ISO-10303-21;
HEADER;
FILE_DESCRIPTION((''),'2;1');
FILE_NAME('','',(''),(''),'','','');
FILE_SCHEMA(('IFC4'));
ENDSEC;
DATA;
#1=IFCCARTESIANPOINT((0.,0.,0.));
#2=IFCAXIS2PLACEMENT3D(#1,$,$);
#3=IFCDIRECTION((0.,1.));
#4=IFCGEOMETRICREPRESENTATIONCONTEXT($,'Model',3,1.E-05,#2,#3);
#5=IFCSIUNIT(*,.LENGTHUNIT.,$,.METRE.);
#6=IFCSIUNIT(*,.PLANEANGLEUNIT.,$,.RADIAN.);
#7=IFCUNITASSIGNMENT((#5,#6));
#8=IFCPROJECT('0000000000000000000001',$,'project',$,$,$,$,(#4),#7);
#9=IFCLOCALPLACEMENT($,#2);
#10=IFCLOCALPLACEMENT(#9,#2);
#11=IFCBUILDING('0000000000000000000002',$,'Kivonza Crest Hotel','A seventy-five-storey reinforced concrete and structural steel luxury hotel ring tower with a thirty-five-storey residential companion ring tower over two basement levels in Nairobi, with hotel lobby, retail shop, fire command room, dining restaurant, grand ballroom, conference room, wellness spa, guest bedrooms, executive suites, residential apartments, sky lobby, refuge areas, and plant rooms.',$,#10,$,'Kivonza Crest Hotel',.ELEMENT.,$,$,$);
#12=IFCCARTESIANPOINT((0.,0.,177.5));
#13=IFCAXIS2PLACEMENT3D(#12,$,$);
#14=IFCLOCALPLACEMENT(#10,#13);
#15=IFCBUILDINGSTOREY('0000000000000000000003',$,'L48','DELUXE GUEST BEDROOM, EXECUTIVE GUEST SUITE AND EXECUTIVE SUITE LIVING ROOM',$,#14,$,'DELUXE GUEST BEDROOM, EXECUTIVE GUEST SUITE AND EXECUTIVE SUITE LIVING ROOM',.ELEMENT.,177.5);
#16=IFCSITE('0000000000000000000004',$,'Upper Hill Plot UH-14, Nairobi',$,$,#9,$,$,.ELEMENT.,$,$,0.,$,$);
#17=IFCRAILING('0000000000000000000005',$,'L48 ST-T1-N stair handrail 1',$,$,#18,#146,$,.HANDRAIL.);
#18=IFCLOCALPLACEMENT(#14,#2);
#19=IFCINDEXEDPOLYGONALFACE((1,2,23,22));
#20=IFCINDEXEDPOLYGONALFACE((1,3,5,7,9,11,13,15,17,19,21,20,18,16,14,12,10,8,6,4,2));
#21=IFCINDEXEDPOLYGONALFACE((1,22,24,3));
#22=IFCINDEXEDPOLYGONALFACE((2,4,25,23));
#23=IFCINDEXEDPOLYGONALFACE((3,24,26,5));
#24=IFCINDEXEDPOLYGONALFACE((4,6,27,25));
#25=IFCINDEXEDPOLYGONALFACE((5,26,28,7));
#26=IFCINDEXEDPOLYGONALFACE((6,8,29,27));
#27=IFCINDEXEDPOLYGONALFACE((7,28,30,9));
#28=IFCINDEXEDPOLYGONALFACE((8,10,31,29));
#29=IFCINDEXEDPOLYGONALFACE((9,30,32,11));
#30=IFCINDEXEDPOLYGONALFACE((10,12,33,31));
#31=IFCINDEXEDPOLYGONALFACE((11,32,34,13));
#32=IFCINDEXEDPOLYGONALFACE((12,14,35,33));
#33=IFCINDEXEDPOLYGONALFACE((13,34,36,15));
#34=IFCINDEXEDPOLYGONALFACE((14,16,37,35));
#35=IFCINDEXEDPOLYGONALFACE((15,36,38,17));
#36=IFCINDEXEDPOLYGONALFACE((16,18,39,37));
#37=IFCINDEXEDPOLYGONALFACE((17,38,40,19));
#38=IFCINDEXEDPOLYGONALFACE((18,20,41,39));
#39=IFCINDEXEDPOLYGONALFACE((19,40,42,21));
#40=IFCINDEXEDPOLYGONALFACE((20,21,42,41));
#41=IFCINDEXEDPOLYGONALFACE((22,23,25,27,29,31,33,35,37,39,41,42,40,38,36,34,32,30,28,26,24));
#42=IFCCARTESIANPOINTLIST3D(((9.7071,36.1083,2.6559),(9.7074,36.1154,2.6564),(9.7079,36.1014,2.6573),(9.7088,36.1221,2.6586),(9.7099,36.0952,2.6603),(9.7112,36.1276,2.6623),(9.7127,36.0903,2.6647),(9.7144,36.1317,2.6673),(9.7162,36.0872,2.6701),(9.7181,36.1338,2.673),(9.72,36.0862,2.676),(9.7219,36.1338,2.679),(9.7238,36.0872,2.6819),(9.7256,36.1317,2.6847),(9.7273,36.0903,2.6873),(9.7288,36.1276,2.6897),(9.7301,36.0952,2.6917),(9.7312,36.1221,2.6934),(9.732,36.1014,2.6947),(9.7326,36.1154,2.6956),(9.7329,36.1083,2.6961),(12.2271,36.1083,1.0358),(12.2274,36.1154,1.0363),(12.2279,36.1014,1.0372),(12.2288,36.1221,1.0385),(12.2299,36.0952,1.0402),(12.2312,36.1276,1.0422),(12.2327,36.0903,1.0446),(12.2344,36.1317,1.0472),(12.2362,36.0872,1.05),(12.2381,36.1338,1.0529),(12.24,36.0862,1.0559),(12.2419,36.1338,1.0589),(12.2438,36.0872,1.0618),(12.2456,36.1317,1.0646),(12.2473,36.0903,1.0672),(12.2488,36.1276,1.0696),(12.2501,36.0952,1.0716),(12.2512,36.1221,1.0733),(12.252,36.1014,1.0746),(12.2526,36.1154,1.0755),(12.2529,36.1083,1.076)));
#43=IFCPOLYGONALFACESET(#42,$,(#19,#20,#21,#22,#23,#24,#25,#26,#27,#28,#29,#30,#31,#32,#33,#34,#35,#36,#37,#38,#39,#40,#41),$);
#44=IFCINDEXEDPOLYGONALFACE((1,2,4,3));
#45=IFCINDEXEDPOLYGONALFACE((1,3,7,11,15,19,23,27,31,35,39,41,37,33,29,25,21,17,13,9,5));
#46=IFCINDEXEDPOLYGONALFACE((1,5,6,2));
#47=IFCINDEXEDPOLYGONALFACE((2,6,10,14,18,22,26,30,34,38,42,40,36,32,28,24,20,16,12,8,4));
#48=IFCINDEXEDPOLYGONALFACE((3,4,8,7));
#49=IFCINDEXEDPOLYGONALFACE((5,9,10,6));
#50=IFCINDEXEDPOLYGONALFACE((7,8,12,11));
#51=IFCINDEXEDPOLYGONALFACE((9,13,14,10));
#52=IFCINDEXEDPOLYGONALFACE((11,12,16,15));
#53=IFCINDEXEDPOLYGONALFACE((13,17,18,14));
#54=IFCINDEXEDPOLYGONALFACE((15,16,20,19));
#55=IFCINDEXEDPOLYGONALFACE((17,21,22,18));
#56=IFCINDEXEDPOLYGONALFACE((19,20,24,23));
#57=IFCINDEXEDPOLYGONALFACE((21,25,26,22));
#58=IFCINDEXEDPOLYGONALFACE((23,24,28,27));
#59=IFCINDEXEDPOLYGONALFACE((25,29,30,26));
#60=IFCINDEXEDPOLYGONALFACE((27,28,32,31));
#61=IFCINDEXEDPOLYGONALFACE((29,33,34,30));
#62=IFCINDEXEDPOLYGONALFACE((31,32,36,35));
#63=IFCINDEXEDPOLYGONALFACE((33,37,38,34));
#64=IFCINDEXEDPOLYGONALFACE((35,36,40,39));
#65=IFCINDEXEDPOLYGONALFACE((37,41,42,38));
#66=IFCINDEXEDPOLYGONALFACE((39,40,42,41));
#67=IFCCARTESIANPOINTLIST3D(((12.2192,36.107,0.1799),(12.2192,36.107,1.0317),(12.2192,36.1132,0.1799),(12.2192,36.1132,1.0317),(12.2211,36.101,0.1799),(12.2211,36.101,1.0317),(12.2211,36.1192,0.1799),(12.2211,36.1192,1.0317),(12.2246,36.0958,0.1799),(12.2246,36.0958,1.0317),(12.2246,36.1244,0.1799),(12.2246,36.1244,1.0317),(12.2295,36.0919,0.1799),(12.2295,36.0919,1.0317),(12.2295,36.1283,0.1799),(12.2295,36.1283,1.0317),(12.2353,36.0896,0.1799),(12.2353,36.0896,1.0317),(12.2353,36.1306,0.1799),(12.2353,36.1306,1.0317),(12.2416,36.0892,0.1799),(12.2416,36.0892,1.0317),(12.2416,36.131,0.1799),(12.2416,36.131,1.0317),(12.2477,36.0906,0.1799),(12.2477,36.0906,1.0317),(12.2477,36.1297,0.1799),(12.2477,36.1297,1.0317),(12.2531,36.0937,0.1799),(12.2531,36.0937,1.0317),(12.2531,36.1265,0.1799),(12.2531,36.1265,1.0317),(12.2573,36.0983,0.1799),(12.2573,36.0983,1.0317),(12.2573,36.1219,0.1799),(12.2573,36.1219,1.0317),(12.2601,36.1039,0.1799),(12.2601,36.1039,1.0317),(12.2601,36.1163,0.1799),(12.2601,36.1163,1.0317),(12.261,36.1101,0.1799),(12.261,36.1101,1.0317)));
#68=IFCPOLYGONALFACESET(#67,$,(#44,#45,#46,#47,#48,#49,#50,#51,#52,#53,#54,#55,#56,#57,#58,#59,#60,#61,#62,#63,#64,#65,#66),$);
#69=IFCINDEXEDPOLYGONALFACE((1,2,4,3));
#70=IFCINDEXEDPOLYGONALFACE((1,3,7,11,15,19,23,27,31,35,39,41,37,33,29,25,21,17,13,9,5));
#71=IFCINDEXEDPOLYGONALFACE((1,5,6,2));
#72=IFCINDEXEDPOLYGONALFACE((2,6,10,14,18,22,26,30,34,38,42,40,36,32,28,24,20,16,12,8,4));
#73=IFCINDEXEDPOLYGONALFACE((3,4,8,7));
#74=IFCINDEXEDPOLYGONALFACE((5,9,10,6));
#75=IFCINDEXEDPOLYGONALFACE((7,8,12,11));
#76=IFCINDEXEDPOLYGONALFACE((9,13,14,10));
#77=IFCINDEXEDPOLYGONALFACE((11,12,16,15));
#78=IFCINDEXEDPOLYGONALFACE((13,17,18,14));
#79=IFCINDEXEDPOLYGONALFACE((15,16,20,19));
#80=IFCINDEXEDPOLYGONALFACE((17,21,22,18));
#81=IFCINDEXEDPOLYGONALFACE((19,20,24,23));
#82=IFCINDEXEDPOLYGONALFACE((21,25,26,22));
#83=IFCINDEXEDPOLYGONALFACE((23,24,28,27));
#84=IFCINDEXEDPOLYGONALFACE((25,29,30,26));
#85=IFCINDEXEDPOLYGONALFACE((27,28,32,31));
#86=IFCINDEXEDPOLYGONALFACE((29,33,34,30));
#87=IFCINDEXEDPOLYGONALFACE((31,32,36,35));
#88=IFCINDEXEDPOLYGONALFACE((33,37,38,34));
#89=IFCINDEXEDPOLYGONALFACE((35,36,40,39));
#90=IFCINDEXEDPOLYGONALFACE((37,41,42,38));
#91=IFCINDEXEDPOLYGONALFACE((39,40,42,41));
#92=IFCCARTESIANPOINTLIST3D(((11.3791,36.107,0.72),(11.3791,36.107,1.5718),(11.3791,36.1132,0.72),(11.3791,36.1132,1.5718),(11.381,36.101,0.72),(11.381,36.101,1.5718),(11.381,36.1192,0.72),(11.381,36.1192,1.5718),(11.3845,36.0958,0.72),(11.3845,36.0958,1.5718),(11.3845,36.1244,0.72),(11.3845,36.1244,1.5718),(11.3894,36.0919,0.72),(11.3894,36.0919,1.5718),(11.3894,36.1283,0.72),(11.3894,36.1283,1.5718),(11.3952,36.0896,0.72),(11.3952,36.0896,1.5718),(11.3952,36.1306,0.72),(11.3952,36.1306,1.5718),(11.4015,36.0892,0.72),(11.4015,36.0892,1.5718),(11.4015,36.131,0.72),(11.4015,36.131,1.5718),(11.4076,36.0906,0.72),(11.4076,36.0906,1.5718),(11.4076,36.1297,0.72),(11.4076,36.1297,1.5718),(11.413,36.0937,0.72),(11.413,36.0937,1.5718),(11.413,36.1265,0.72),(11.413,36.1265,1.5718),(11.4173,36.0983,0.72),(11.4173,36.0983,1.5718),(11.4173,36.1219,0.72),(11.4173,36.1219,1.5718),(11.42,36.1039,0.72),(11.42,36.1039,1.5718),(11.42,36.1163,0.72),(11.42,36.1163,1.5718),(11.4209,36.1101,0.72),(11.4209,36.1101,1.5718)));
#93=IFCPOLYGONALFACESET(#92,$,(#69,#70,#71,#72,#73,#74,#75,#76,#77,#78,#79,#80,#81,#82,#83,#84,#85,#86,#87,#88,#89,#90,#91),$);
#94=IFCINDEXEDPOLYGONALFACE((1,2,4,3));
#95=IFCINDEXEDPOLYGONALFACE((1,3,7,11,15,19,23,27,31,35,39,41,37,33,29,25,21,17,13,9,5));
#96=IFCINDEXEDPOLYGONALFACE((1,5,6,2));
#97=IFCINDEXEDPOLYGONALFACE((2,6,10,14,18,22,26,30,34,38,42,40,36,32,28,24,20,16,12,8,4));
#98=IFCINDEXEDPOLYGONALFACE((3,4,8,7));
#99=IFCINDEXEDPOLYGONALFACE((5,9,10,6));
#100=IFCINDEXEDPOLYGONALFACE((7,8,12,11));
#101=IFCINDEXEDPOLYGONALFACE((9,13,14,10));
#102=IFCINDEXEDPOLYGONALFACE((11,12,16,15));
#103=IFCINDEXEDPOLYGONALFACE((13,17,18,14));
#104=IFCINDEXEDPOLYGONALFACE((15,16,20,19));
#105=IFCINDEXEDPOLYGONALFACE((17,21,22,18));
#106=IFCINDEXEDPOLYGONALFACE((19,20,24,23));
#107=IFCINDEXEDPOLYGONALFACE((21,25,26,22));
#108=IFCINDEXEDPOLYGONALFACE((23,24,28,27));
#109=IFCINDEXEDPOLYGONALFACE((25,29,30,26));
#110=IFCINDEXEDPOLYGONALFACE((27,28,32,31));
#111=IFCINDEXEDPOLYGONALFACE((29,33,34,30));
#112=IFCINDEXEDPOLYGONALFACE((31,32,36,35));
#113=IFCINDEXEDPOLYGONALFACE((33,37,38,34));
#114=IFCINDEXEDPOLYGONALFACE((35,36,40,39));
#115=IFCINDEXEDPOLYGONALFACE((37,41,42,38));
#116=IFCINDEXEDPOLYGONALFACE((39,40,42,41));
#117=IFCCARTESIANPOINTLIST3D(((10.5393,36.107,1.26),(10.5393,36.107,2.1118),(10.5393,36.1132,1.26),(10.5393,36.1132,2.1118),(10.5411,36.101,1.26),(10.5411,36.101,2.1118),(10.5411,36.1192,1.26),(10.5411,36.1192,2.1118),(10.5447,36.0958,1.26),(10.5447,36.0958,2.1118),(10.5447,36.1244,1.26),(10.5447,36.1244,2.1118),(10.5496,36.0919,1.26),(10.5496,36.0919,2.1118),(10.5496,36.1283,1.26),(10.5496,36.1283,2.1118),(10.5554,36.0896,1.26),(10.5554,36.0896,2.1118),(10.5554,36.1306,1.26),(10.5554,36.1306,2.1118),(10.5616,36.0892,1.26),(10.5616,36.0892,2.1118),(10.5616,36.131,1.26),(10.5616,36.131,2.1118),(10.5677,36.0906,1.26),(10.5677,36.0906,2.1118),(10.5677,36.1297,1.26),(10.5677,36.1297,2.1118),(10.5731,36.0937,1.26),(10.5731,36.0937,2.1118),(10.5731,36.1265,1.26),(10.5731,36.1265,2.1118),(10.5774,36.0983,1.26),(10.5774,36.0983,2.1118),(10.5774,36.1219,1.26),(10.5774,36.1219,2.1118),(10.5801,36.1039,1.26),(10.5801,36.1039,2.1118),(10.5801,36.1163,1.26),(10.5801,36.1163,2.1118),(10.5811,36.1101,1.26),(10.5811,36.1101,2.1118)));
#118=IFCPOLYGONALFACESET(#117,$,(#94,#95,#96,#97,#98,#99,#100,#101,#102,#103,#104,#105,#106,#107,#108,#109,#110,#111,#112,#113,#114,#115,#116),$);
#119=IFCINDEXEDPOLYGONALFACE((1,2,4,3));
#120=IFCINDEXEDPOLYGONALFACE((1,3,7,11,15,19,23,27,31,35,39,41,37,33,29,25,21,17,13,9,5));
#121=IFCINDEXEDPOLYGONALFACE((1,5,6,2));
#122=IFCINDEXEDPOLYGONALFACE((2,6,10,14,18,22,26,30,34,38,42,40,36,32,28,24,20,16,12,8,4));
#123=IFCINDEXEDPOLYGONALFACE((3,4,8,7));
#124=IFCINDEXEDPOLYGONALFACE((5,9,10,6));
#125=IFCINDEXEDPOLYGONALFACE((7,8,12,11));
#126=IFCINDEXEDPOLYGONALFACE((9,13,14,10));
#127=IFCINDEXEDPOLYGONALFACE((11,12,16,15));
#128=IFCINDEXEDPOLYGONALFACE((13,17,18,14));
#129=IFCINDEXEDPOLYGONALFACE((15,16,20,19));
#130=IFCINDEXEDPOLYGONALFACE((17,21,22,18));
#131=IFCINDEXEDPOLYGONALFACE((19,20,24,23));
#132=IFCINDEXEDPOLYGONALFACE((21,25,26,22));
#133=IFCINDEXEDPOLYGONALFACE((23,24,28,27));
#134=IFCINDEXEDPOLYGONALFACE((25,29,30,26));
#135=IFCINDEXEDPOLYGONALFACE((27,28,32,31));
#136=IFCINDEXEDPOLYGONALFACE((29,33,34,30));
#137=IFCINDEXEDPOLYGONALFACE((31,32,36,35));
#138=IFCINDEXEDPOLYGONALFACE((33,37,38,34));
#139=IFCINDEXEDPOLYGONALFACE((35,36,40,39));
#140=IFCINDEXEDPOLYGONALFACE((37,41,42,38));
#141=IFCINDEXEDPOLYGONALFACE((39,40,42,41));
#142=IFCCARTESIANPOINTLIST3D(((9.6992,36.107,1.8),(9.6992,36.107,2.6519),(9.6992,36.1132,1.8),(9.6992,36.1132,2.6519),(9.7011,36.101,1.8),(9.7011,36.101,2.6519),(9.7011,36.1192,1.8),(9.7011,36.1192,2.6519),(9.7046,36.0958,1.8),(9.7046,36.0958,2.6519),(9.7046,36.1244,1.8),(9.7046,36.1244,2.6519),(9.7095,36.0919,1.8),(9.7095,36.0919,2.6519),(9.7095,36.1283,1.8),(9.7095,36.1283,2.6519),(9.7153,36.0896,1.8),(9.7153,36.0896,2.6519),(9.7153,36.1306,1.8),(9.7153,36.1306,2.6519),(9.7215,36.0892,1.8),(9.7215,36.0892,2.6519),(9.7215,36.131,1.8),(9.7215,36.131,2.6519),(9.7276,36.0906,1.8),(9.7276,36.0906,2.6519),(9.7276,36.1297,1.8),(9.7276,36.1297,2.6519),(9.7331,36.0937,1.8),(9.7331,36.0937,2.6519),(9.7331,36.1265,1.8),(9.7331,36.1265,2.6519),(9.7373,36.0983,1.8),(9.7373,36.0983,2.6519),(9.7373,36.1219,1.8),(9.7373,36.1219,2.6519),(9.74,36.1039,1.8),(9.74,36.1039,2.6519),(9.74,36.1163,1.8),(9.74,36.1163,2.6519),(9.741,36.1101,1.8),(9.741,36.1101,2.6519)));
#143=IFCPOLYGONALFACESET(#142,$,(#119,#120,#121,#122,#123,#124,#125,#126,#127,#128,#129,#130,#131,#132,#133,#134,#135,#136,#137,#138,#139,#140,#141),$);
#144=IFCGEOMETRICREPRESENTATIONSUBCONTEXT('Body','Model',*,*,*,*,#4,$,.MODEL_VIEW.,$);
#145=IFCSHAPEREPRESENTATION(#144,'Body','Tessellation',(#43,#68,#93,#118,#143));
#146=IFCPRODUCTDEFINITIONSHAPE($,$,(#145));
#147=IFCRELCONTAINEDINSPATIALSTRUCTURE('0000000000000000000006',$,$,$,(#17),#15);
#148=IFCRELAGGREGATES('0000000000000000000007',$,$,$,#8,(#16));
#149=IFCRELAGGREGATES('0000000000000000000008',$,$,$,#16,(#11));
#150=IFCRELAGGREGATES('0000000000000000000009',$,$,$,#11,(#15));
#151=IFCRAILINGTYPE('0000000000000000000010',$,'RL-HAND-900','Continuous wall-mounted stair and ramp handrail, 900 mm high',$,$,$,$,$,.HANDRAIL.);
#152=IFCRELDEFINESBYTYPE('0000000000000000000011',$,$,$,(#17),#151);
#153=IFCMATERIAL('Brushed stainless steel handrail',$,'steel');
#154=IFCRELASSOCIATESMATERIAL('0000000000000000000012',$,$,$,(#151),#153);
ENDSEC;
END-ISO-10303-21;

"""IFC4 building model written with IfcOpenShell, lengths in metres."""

from ifc_helpers import new_model, si_unit, direction, frame, origin, origin_2d, place, context, subcontext, project, spatial, circle, extrude, material, type_object, element, save


model = new_model("IFC4")

# Units and contexts
model_context = context("Model", 3, precision=1e-05, world=origin(), true_north=direction((0.0, 1.0)))
body_context = subcontext(model_context, "Body", "Model", "MODEL_VIEW")
ifc_project = project(units=[si_unit("LENGTHUNIT", "METRE"), si_unit("PLANEANGLEUNIT", "RADIAN")], contexts=[model_context])

# Site, building, storey
site_placement = place(None, origin())
site = spatial("IfcSite", under=ifc_project, at=site_placement, Name="Upper Hill Plot UH-14, Nairobi", CompositionType="ELEMENT", RefElevation=0.0)
building_placement = place(site_placement, origin())
building = spatial("IfcBuilding", under=site, at=building_placement, Name="Kivonza Crest Hotel", Description="A seventy-five-storey reinforced concrete and structural steel luxury hotel ring tower with a thirty-five-storey residential companion ring tower over two basement levels in Nairobi, with hotel lobby, retail shop, fire command room, dining restaurant, grand ballroom, conference room, wellness spa, guest bedrooms, executive suites, residential apartments, sky lobby, refuge areas, and plant rooms.", LongName="Kivonza Crest Hotel", CompositionType="ELEMENT")
storey_placement = place(building_placement, frame((0.0, 0.0, 177.5)))
storey = spatial("IfcBuildingStorey", under=building, at=storey_placement, Name="L48", Description="DELUXE GUEST BEDROOM, EXECUTIVE GUEST SUITE AND EXECUTIVE SUITE LIVING ROOM", LongName="DELUXE GUEST BEDROOM, EXECUTIVE GUEST SUITE AND EXECUTIVE SUITE LIVING ROOM", CompositionType="ELEMENT", Elevation=177.5)

# Railing
ifc_material_1 = material(Name="Brushed stainless steel handrail", Category="steel")
railing_type = type_object("IfcRailingType", Name="RL-HAND-900", Description="Continuous wall-mounted stair and ramp handrail, 900 mm high", PredefinedType="HANDRAIL", material=ifc_material_1)
railing_placement = place(storey_placement, frame((12.24, 36.1101, 0.1799)))
element("IfcRailing", 1, at=railing_placement, inside=storey, type_object=railing_type, Name="L48 ST-T1-N stair handrail 1", PredefinedType="HANDRAIL", context=body_context, shape_type="SweptSolid", body=[
    extrude(circle(Radius=0.0239, at=origin_2d()), frame((0.0, 0.0, 0.876), z_axis=(-0.841163, 0.0, 0.540782), x_axis=(0.0, -1.0, 0.0)), (0.0, 0.0, 1.0), 2.9958),
    extrude(circle(Radius=0.021, at=origin_2d()), origin(), (0.0, 0.0, 1.0), 0.8518),
    extrude(circle(Radius=0.021, at=origin_2d()), frame((-0.8401, 0.0, 0.54)), (0.0, 0.0, 1.0), 0.8518),
    extrude(circle(Radius=0.021, at=origin_2d()), frame((-1.6799, 0.0, 1.0801)), (0.0, 0.0, 1.0), 0.8518),
    extrude(circle(Radius=0.021, at=origin_2d()), frame((-2.52, 0.0, 1.6201)), (0.0, 0.0, 1.0), 0.8518),
])

save(model, "model.ifc")
